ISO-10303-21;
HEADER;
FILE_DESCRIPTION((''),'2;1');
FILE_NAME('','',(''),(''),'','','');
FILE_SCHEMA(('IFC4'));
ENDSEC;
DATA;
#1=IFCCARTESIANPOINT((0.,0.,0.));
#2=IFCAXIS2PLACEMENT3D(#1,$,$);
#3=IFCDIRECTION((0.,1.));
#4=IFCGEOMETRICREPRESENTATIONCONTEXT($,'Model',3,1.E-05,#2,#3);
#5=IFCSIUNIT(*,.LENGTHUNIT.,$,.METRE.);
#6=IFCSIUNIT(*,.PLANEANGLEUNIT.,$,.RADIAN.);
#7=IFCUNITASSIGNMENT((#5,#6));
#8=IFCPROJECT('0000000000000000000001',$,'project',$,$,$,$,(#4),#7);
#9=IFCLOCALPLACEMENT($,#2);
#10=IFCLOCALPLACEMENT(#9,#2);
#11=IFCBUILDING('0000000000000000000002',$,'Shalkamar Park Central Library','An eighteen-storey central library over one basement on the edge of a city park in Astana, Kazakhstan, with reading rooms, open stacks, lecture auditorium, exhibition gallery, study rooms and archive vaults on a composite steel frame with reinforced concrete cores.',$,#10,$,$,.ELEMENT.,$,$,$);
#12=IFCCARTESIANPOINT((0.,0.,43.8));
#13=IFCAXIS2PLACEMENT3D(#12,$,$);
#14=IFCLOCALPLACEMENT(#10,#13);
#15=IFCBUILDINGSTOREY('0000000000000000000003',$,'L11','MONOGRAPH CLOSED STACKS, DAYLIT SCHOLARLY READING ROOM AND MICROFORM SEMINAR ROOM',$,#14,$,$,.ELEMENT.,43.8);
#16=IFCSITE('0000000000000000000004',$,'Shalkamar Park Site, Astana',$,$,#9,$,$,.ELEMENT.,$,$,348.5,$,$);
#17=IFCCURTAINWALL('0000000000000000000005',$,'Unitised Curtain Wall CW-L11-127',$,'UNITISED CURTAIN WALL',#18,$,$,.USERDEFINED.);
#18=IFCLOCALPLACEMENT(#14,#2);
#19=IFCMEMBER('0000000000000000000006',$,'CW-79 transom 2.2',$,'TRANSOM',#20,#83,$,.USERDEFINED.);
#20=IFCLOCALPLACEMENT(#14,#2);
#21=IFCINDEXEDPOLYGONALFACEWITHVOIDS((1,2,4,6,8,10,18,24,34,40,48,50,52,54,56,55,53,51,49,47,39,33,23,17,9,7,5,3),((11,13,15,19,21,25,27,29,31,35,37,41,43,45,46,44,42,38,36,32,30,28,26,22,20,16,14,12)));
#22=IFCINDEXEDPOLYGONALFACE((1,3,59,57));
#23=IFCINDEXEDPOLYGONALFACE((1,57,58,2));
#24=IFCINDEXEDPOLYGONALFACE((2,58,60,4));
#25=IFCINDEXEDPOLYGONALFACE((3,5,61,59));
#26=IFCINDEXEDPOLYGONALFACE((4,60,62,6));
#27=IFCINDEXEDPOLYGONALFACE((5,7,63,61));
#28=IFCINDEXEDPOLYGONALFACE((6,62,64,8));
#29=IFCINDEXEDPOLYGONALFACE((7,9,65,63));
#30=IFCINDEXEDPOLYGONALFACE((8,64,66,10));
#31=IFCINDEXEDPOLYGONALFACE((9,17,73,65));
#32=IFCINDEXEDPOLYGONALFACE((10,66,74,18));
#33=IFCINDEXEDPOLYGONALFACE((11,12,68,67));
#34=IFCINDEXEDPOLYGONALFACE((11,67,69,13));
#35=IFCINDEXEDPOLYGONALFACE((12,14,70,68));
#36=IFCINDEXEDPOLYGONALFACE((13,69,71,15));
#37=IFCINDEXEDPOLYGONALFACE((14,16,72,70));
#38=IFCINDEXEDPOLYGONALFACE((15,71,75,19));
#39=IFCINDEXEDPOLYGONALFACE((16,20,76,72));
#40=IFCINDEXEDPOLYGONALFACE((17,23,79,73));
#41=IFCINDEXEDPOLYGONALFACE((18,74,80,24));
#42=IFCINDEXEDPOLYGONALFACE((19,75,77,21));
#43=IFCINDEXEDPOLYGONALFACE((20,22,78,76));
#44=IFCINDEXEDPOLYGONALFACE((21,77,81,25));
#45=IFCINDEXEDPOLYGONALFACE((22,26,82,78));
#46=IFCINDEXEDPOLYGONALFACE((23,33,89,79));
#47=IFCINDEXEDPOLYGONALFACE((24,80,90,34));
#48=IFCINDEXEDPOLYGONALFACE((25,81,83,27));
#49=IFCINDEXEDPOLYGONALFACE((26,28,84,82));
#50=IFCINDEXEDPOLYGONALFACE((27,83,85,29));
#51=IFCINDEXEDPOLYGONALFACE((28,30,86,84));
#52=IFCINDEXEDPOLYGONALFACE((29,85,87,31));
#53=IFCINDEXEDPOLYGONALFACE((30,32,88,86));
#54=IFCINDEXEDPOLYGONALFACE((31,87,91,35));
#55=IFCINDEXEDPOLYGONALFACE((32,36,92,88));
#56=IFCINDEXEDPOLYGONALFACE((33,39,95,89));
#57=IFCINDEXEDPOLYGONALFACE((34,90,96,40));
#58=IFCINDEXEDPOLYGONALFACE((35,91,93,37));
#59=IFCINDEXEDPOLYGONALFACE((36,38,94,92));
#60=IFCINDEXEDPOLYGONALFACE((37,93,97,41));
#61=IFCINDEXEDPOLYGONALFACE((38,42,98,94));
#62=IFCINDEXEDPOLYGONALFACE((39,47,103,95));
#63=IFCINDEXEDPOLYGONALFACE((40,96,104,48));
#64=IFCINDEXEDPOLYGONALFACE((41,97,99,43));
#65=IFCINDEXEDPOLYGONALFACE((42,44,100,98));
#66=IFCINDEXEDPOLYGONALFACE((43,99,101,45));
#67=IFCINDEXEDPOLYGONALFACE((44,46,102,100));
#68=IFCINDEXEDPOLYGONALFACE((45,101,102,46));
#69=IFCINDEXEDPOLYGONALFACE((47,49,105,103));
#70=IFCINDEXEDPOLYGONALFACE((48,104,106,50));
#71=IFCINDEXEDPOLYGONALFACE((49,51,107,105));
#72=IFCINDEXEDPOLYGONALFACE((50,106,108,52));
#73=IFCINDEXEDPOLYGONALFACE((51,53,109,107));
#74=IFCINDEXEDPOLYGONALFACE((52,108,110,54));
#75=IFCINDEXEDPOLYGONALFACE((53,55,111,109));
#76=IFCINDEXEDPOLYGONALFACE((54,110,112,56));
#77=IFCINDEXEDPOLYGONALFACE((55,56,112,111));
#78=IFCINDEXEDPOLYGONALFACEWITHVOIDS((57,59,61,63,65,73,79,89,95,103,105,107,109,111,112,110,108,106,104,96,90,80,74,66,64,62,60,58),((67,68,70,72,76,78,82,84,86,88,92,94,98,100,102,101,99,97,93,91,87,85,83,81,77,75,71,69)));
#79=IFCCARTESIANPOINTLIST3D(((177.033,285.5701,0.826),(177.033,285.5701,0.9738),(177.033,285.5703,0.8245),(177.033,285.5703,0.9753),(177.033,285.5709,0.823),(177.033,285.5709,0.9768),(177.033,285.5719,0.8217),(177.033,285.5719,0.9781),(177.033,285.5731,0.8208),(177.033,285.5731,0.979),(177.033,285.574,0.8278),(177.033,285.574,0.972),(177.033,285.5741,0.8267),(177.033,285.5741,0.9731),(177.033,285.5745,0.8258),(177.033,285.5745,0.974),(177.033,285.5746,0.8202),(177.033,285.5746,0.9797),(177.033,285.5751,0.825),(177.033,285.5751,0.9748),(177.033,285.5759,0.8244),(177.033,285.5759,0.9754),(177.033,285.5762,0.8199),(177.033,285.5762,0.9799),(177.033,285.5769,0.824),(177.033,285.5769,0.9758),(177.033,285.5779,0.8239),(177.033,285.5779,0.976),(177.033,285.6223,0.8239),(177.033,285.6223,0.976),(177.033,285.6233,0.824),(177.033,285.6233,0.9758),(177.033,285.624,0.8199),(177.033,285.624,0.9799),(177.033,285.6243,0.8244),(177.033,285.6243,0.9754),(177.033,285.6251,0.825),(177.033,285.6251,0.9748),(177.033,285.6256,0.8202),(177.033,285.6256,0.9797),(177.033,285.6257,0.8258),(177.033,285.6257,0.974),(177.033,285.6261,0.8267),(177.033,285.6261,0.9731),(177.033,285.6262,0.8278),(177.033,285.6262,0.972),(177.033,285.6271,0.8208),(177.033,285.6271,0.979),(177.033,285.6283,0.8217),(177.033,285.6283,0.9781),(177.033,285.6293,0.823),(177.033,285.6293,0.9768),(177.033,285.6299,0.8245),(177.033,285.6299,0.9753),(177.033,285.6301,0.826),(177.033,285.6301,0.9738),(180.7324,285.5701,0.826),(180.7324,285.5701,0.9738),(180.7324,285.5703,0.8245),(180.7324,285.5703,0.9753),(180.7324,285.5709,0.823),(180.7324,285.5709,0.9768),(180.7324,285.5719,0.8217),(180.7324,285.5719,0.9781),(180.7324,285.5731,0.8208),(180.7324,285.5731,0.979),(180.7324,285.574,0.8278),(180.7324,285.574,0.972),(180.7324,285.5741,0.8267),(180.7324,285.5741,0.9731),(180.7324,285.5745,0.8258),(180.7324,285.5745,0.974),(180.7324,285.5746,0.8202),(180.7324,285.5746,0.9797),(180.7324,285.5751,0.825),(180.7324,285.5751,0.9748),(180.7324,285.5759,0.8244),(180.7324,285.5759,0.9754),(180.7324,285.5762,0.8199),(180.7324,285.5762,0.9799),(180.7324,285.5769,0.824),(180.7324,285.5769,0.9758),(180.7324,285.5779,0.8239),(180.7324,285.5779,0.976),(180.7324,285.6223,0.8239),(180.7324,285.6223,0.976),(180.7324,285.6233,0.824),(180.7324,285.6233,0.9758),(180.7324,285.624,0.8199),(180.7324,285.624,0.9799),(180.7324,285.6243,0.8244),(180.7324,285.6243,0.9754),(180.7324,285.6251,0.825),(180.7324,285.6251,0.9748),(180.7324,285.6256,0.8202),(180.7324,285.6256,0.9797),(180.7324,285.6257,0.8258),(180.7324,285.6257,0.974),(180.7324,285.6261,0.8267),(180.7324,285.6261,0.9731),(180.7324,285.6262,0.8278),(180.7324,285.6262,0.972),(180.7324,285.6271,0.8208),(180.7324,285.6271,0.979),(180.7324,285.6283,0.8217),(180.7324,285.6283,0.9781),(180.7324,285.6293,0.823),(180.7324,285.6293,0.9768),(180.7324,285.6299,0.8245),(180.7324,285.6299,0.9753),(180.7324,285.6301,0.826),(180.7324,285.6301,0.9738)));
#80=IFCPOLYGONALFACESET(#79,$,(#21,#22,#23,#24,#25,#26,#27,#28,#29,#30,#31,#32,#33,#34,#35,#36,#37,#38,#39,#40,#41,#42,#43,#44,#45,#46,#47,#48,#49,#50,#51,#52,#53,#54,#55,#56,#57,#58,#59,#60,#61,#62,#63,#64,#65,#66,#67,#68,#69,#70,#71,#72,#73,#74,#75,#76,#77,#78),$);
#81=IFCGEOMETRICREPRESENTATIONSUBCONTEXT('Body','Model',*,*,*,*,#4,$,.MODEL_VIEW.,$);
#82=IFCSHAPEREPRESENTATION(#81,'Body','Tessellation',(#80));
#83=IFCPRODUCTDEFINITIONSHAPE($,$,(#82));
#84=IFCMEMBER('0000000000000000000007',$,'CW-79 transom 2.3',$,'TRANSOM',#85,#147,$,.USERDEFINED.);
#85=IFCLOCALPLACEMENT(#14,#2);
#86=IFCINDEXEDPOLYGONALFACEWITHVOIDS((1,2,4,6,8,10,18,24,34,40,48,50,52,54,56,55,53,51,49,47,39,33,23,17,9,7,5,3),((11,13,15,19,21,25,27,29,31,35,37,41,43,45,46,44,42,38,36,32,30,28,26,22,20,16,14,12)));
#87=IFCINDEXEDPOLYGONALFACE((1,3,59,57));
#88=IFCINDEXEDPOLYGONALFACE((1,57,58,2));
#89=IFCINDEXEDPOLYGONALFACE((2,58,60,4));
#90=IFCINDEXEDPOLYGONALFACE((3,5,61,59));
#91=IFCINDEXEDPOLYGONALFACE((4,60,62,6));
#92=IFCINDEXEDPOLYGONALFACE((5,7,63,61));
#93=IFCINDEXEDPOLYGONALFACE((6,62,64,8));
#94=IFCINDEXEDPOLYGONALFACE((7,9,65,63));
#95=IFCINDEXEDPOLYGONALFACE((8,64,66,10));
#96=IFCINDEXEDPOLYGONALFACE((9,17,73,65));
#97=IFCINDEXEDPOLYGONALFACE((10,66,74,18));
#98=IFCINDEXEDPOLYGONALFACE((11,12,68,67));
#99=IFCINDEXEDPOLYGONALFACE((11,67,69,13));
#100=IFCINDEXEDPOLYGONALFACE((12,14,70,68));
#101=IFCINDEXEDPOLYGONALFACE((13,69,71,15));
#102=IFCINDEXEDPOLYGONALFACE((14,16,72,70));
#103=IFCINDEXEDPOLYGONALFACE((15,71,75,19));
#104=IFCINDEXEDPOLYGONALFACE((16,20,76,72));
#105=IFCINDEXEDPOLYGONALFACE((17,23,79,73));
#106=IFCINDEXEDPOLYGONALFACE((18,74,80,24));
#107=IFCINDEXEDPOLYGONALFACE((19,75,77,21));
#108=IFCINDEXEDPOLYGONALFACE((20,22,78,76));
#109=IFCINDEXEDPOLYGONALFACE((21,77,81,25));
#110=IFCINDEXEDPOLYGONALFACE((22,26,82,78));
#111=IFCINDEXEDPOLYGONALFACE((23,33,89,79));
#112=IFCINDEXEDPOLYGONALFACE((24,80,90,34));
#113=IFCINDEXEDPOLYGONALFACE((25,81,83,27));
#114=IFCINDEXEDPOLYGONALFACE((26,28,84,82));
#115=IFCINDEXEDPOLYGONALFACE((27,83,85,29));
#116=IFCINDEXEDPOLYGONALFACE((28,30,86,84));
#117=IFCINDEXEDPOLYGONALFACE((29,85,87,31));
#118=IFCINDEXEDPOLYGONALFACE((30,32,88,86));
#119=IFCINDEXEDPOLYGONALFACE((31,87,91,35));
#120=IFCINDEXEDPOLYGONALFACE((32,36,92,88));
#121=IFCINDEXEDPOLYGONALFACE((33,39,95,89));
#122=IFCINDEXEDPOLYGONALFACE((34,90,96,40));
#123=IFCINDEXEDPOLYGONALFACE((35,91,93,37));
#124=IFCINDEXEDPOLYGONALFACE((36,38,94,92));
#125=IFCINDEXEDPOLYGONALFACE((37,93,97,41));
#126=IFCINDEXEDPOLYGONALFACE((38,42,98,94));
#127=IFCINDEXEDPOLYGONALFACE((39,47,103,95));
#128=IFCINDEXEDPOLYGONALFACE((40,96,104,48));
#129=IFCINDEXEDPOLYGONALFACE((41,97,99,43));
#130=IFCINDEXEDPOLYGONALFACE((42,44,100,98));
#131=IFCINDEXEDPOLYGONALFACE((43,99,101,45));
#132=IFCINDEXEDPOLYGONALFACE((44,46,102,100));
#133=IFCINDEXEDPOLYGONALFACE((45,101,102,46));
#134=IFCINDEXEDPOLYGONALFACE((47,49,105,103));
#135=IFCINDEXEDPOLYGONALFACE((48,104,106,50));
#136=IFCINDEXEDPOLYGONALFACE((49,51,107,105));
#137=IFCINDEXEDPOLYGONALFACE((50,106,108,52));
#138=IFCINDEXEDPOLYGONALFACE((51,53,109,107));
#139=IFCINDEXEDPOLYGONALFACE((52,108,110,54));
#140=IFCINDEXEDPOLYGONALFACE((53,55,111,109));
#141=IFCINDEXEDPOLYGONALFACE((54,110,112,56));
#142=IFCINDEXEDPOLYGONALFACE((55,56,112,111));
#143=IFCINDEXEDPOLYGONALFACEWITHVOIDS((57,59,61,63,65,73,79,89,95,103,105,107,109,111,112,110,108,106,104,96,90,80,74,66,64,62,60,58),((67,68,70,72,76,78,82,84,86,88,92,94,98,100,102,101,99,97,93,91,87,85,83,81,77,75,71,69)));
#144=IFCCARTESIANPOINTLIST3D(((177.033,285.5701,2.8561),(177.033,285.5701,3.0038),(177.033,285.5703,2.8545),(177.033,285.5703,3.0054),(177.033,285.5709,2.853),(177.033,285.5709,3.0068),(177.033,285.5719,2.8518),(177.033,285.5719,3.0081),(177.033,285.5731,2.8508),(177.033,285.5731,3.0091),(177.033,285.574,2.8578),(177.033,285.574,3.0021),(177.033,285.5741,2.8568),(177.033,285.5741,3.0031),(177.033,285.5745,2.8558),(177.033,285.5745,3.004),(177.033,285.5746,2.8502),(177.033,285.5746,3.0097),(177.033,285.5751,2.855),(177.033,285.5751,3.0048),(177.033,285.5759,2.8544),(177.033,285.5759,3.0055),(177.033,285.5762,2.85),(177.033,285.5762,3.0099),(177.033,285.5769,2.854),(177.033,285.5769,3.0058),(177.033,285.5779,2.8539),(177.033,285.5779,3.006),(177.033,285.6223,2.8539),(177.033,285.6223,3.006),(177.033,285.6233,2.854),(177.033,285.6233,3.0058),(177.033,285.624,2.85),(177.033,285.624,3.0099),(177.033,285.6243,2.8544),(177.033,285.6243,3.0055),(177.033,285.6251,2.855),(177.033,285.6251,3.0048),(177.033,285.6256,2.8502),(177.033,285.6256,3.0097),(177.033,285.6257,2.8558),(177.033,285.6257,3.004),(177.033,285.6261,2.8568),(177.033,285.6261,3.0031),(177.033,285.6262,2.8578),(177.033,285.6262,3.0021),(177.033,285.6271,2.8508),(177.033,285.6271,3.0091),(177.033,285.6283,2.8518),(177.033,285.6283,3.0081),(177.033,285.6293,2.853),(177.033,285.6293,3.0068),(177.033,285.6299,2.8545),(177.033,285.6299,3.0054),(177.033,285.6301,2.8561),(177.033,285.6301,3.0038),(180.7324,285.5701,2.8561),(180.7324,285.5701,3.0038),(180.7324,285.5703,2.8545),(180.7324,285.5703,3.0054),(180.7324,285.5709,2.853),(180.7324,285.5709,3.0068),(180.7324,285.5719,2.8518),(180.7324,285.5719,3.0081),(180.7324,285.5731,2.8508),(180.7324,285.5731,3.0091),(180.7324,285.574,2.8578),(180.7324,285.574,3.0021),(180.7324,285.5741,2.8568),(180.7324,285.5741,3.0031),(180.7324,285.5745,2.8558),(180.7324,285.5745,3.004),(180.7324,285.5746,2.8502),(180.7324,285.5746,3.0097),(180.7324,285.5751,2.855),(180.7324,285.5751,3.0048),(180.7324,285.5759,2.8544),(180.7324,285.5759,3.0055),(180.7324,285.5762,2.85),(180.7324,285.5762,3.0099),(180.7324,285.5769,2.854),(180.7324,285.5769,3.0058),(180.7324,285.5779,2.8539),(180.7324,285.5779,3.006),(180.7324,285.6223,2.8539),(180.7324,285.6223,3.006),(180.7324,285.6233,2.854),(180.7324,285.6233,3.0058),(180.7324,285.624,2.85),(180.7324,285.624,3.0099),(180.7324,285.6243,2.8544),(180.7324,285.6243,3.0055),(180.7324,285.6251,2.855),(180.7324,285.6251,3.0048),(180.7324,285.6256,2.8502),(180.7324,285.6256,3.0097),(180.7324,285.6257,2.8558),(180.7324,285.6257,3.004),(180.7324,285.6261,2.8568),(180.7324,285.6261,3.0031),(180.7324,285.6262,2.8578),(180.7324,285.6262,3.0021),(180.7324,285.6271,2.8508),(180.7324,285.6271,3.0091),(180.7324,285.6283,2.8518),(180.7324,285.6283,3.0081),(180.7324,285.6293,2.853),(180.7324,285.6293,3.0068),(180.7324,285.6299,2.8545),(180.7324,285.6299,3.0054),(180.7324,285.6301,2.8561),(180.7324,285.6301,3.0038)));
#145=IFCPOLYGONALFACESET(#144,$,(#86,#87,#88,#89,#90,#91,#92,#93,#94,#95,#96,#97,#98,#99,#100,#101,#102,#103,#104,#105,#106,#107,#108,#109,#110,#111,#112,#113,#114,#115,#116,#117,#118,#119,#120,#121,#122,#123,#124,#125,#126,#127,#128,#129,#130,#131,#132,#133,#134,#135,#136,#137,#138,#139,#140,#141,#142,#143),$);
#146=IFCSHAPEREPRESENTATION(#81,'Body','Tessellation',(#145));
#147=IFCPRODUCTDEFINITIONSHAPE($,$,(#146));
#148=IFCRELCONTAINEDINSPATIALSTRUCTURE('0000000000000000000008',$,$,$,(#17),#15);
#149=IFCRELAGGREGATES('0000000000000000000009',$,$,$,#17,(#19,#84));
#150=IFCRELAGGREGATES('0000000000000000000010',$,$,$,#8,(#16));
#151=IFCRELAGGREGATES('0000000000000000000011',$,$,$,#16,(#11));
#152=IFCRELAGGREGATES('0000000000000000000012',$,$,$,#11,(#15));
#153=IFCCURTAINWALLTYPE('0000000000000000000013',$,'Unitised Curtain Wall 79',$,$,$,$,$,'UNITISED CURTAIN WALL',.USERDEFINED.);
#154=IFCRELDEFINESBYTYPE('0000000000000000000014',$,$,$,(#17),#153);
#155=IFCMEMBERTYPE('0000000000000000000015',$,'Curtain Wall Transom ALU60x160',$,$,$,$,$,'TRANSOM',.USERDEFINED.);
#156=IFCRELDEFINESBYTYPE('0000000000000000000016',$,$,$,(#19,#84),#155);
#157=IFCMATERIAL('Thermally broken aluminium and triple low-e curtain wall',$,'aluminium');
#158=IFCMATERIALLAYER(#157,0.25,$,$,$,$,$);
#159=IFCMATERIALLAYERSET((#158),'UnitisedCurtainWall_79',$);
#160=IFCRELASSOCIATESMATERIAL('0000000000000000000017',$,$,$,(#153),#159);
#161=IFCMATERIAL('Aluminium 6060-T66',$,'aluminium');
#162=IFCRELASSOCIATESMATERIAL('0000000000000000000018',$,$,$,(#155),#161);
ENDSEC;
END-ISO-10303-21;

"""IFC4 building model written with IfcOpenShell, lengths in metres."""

from ifc_helpers import new_model, si_unit, direction, frame, origin, origin_2d, place, context, subcontext, project, spatial, hollow_rectangle, extrude, material, layer, layer_set, material_profile, profile_set, type_object, element, aggregate, save


model = new_model("IFC4")

# Units and contexts
model_context = context("Model", 3, precision=1e-05, world=origin(), true_north=direction((0.0, 1.0)))
body_context = subcontext(model_context, "Body", "Model", "MODEL_VIEW")
ifc_project = project(units=[si_unit("LENGTHUNIT", "METRE"), si_unit("PLANEANGLEUNIT", "RADIAN")], contexts=[model_context])

# Site, building, storey
site_placement = place(None, origin())
site = spatial("IfcSite", under=ifc_project, at=site_placement, Name="Shalkamar Park Site, Astana", CompositionType="ELEMENT", RefElevation=348.5)
building_placement = place(site_placement, origin())
building = spatial("IfcBuilding", under=site, at=building_placement, Name="Shalkamar Park Central Library", Description="An eighteen-storey central library over one basement on the edge of a city park in Astana, Kazakhstan, with reading rooms, open stacks, lecture auditorium, exhibition gallery, study rooms and archive vaults on a composite steel frame with reinforced concrete cores.", CompositionType="ELEMENT")
storey_placement = place(building_placement, frame((0.0, 0.0, 43.8)))
storey = spatial("IfcBuildingStorey", under=building, at=storey_placement, Name="L11", Description="MONOGRAPH CLOSED STACKS, DAYLIT SCHOLARLY READING ROOM AND MICROFORM SEMINAR ROOM", CompositionType="ELEMENT", Elevation=43.8)

# Curtain wall
ifc_material_1 = material(Name="Thermally broken aluminium and triple low-e curtain wall", Category="aluminium")
ifc_layer_1 = layer(ifc_material_1, 0.25)
ifc_layer_set_1 = layer_set([ifc_layer_1], Name="UnitisedCurtainWall_79")
curtain_wall_type_1 = type_object("IfcCurtainWallType", Name="Unitised Curtain Wall 79", ElementType="UNITISED CURTAIN WALL", PredefinedType="USERDEFINED", material=ifc_layer_set_1)
curtain_wall_1_placement = place(storey_placement, origin())
curtain_wall_1 = element("IfcCurtainWall", 1, at=curtain_wall_1_placement, inside=storey, type_object=curtain_wall_type_1, Name="Unitised Curtain Wall CW-L11-127", ObjectType="UNITISED CURTAIN WALL", PredefinedType="USERDEFINED")
ifc_material_2 = material(Name="Aluminium 6060-T66", Category="aluminium")

# Members
ifc_material_profile_1 = material_profile(ifc_material_2, hollow_rectangle(XDim=0.0601, YDim=0.1599, WallThickness=0.0039, InnerFilletRadius=0.0039, OuterFilletRadius=0.0061, at=origin_2d()), Name="ALU 60x160x4")
ifc_profile_set_1 = profile_set([ifc_material_profile_1], Name="Aluminium 6060-T66")
member_type_1 = type_object("IfcMemberType", Name="Curtain Wall Transom ALU60x160", ElementType="TRANSOM", PredefinedType="USERDEFINED", material=ifc_profile_set_1)
member_1_placement = place(storey_placement, frame((177.033, 285.6001, 0.8999), z_axis=(1.0, 0.0, 0.0), x_axis=(0.0, 1.0, 0.0)))
member_1 = element("IfcMember", 2, at=member_1_placement, type_object=member_type_1, Name="CW-79 transom 2.2", ObjectType="TRANSOM", PredefinedType="USERDEFINED", context=body_context, shape_type="SweptSolid", body=[
    extrude(hollow_rectangle(XDim=0.0601, YDim=0.1599, WallThickness=0.0039, InnerFilletRadius=0.0039, OuterFilletRadius=0.0061, at=origin_2d()), origin(), (0.0, 0.0, 1.0), 3.6995),
])
member_2_placement = place(storey_placement, frame((177.033, 285.6001, 2.9299), z_axis=(1.0, 0.0, 0.0), x_axis=(0.0, 1.0, 0.0)))
member_2 = element("IfcMember", 3, at=member_2_placement, type_object=member_type_1, Name="CW-79 transom 2.3", ObjectType="TRANSOM", PredefinedType="USERDEFINED", context=body_context, shape_type="SweptSolid", body=[
    extrude(hollow_rectangle(XDim=0.0601, YDim=0.1599, WallThickness=0.0039, InnerFilletRadius=0.0039, OuterFilletRadius=0.0061, at=origin_2d()), origin(), (0.0, 0.0, 1.0), 3.6995),
])

aggregate(curtain_wall_1, [member_1, member_2])

save(model, "model.ifc")
